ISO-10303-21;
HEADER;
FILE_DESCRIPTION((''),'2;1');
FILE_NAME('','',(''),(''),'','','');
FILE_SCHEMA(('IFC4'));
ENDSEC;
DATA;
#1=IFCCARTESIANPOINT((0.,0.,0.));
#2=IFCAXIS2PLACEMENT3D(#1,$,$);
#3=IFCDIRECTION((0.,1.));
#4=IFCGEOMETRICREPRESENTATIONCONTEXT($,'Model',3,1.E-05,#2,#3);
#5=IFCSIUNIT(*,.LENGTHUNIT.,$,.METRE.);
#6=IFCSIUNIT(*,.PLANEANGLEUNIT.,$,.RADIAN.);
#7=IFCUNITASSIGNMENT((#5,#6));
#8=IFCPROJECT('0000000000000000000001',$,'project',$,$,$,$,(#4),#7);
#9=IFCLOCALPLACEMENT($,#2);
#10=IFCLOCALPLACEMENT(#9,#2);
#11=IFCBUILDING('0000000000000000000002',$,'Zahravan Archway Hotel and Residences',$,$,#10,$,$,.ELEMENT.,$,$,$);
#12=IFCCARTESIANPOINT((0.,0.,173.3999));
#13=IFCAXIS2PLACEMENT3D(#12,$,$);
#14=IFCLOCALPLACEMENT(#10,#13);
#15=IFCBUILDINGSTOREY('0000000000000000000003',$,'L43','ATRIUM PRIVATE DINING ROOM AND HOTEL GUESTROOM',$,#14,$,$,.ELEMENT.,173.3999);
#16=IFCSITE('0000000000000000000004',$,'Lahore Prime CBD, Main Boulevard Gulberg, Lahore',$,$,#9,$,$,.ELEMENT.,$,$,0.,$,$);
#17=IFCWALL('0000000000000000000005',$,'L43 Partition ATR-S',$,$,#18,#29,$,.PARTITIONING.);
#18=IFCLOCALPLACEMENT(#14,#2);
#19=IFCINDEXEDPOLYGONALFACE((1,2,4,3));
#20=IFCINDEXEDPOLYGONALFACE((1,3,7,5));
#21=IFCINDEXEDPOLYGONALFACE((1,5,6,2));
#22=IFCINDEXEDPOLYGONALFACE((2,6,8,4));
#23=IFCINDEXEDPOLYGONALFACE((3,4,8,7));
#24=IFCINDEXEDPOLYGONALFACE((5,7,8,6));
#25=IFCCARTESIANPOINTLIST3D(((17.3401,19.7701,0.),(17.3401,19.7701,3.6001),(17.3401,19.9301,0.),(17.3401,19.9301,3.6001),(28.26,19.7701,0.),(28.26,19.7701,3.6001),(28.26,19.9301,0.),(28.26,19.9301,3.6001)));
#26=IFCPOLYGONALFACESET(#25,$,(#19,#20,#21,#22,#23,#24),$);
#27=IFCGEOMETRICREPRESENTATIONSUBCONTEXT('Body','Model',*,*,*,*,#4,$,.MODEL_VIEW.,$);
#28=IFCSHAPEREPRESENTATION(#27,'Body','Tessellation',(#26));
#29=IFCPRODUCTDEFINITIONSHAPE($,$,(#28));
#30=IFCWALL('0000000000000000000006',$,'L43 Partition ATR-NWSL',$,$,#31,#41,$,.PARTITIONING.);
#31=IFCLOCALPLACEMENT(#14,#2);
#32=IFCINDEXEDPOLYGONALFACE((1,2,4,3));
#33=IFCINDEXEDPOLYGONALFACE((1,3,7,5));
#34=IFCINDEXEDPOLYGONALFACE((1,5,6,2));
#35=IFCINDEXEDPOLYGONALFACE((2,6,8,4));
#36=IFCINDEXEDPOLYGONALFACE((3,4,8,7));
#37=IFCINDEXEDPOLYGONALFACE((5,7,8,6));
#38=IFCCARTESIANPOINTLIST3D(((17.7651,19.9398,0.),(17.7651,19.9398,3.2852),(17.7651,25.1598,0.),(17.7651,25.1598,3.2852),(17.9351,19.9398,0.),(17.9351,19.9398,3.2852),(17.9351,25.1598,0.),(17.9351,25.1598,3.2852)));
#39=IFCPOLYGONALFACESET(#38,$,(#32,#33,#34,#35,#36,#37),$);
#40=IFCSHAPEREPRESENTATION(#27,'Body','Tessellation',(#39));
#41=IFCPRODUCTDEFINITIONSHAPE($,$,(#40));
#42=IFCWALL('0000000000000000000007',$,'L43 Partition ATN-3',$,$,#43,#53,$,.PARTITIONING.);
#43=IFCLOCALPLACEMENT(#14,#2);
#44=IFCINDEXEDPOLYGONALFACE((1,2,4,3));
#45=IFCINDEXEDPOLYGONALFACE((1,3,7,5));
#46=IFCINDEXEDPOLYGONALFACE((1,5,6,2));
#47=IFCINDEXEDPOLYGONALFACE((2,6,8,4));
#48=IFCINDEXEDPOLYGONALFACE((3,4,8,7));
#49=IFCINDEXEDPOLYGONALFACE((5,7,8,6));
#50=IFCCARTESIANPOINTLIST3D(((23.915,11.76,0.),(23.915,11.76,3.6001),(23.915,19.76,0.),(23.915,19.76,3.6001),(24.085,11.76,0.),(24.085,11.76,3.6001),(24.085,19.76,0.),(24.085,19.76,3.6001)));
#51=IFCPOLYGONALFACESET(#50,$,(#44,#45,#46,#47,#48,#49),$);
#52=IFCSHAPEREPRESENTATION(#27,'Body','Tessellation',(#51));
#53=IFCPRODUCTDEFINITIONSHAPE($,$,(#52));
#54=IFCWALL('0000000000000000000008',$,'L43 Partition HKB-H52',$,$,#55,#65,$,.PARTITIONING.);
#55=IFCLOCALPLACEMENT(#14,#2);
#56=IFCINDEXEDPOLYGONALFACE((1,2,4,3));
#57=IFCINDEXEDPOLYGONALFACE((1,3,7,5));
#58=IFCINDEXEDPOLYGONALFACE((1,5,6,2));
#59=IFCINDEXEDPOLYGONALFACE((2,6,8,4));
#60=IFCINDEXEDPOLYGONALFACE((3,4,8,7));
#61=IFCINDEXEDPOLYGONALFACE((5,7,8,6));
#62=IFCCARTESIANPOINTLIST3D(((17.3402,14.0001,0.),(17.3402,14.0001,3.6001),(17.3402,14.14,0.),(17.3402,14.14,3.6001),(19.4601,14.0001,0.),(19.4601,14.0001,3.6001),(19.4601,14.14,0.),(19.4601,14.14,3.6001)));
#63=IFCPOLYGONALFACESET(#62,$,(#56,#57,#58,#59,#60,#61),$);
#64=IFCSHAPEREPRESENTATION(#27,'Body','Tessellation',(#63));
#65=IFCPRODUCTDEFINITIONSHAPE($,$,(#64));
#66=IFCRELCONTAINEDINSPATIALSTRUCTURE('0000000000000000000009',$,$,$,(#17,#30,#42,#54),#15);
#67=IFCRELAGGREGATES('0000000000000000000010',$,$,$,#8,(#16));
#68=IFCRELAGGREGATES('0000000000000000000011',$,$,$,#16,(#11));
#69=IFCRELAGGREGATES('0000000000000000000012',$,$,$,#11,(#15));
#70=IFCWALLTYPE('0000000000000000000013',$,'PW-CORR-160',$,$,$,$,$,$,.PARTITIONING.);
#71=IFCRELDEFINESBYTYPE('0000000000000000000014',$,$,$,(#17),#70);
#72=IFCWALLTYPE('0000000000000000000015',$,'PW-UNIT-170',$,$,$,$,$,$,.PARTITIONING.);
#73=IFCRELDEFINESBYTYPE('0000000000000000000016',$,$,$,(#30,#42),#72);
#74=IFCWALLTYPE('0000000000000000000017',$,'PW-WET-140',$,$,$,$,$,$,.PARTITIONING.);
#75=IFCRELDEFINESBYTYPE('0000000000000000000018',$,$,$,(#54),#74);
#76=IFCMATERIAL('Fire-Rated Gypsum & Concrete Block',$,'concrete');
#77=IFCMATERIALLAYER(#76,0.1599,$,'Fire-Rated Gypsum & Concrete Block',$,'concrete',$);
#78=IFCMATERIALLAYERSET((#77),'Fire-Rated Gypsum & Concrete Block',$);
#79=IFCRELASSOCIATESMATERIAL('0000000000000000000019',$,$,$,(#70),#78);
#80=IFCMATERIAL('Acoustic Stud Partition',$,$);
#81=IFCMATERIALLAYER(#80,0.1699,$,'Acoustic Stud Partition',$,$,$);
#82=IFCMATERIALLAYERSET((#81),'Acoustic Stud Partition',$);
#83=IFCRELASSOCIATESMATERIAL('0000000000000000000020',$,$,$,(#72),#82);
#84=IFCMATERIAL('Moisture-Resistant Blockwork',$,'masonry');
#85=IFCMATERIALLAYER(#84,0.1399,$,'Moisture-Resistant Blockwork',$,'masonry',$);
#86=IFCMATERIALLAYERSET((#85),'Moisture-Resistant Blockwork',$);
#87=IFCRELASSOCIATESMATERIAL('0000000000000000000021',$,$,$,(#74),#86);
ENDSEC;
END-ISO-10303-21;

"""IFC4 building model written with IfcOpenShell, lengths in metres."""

from ifc_helpers import new_model, si_unit, direction, frame, frame_2d, origin, place, context, subcontext, project, spatial, rectangle, extrude, material, layer, layer_set, type_object, element, save


model = new_model("IFC4")

# Units and contexts
model_context = context("Model", 3, precision=1e-05, world=origin(), true_north=direction((0.0, 1.0)))
body_context = subcontext(model_context, "Body", "Model", "MODEL_VIEW")
ifc_project = project(units=[si_unit("LENGTHUNIT", "METRE"), si_unit("PLANEANGLEUNIT", "RADIAN")], contexts=[model_context])

# Site, building, storey
site_placement = place(None, origin())
site = spatial("IfcSite", under=ifc_project, at=site_placement, Name="Lahore Prime CBD, Main Boulevard Gulberg, Lahore", CompositionType="ELEMENT", RefElevation=0.0)
building_placement = place(site_placement, origin())
building = spatial("IfcBuilding", under=site, at=building_placement, Name="Zahravan Archway Hotel and Residences", CompositionType="ELEMENT")
storey_placement = place(building_placement, frame((0.0, 0.0, 173.3999)))
storey = spatial("IfcBuildingStorey", under=building, at=storey_placement, Name="L43", Description="ATRIUM PRIVATE DINING ROOM AND HOTEL GUESTROOM", CompositionType="ELEMENT", Elevation=173.3999)

# Walls
ifc_material_1 = material(Name="Fire-Rated Gypsum & Concrete Block", Category="concrete")
ifc_layer_1 = layer(ifc_material_1, 0.1599, Name="Fire-Rated Gypsum & Concrete Block", Category="concrete")
ifc_layer_set_1 = layer_set([ifc_layer_1], Name="Fire-Rated Gypsum & Concrete Block")
wall_type_1 = type_object("IfcWallType", Name="PW-CORR-160", PredefinedType="PARTITIONING", material=ifc_layer_set_1)
wall_1_placement = place(storey_placement, frame((17.3401, 19.8501, 0.0), z_axis=(0.0, 0.0, 1.0), x_axis=(1.0, 0.0, 0.0)))
element("IfcWall", 1, at=wall_1_placement, inside=storey, type_object=wall_type_1, Name="L43 Partition ATR-S", PredefinedType="PARTITIONING", context=body_context, shape_type="SweptSolid", body=[
    extrude(rectangle(XDim=10.9199, YDim=0.1599, at=frame_2d((5.46, 0.0))), origin(), (0.0, 0.0, 1.0), 3.6001),
])
ifc_material_2 = material(Name="Acoustic Stud Partition")
ifc_layer_2 = layer(ifc_material_2, 0.1699, Name="Acoustic Stud Partition")
ifc_layer_set_2 = layer_set([ifc_layer_2], Name="Acoustic Stud Partition")
wall_type_2 = type_object("IfcWallType", Name="PW-UNIT-170", PredefinedType="PARTITIONING", material=ifc_layer_set_2)
wall_2_placement = place(storey_placement, frame((17.8501, 19.9399, 0.0), z_axis=(0.0, 0.0, 1.0), x_axis=(0.0, 1.0, 0.0)))
element("IfcWall", 2, at=wall_2_placement, inside=storey, type_object=wall_type_2, Name="L43 Partition ATR-NWSL", PredefinedType="PARTITIONING", context=body_context, shape_type="SweptSolid", body=[
    extrude(rectangle(XDim=5.22, YDim=0.1699, at=frame_2d((2.6099, 0.0))), origin(), (0.0, 0.0, 1.0), 3.2852),
])
wall_3_placement = place(storey_placement, frame((24.0, 11.76, 0.0), z_axis=(0.0, 0.0, 1.0), x_axis=(0.0, 1.0, 0.0)))
element("IfcWall", 3, at=wall_3_placement, inside=storey, type_object=wall_type_2, Name="L43 Partition ATN-3", PredefinedType="PARTITIONING", context=body_context, shape_type="SweptSolid", body=[
    extrude(rectangle(XDim=8.0, YDim=0.1699, at=frame_2d((4.0, 0.0))), origin(), (0.0, 0.0, 1.0), 3.6001),
])
ifc_material_3 = material(Name="Moisture-Resistant Blockwork", Category="masonry")
ifc_layer_3 = layer(ifc_material_3, 0.1399, Name="Moisture-Resistant Blockwork", Category="masonry")
ifc_layer_set_3 = layer_set([ifc_layer_3], Name="Moisture-Resistant Blockwork")
wall_type_3 = type_object("IfcWallType", Name="PW-WET-140", PredefinedType="PARTITIONING", material=ifc_layer_set_3)
wall_4_placement = place(storey_placement, frame((17.3401, 14.0701, 0.0), z_axis=(0.0, 0.0, 1.0), x_axis=(1.0, 0.0, 0.0)))
element("IfcWall", 4, at=wall_4_placement, inside=storey, type_object=wall_type_3, Name="L43 Partition HKB-H52", PredefinedType="PARTITIONING", context=body_context, shape_type="SweptSolid", body=[
    extrude(rectangle(XDim=2.1199, YDim=0.1399, at=frame_2d((1.0601, 0.0))), origin(), (0.0, 0.0, 1.0), 3.6001),
])

save(model, "model.ifc")
